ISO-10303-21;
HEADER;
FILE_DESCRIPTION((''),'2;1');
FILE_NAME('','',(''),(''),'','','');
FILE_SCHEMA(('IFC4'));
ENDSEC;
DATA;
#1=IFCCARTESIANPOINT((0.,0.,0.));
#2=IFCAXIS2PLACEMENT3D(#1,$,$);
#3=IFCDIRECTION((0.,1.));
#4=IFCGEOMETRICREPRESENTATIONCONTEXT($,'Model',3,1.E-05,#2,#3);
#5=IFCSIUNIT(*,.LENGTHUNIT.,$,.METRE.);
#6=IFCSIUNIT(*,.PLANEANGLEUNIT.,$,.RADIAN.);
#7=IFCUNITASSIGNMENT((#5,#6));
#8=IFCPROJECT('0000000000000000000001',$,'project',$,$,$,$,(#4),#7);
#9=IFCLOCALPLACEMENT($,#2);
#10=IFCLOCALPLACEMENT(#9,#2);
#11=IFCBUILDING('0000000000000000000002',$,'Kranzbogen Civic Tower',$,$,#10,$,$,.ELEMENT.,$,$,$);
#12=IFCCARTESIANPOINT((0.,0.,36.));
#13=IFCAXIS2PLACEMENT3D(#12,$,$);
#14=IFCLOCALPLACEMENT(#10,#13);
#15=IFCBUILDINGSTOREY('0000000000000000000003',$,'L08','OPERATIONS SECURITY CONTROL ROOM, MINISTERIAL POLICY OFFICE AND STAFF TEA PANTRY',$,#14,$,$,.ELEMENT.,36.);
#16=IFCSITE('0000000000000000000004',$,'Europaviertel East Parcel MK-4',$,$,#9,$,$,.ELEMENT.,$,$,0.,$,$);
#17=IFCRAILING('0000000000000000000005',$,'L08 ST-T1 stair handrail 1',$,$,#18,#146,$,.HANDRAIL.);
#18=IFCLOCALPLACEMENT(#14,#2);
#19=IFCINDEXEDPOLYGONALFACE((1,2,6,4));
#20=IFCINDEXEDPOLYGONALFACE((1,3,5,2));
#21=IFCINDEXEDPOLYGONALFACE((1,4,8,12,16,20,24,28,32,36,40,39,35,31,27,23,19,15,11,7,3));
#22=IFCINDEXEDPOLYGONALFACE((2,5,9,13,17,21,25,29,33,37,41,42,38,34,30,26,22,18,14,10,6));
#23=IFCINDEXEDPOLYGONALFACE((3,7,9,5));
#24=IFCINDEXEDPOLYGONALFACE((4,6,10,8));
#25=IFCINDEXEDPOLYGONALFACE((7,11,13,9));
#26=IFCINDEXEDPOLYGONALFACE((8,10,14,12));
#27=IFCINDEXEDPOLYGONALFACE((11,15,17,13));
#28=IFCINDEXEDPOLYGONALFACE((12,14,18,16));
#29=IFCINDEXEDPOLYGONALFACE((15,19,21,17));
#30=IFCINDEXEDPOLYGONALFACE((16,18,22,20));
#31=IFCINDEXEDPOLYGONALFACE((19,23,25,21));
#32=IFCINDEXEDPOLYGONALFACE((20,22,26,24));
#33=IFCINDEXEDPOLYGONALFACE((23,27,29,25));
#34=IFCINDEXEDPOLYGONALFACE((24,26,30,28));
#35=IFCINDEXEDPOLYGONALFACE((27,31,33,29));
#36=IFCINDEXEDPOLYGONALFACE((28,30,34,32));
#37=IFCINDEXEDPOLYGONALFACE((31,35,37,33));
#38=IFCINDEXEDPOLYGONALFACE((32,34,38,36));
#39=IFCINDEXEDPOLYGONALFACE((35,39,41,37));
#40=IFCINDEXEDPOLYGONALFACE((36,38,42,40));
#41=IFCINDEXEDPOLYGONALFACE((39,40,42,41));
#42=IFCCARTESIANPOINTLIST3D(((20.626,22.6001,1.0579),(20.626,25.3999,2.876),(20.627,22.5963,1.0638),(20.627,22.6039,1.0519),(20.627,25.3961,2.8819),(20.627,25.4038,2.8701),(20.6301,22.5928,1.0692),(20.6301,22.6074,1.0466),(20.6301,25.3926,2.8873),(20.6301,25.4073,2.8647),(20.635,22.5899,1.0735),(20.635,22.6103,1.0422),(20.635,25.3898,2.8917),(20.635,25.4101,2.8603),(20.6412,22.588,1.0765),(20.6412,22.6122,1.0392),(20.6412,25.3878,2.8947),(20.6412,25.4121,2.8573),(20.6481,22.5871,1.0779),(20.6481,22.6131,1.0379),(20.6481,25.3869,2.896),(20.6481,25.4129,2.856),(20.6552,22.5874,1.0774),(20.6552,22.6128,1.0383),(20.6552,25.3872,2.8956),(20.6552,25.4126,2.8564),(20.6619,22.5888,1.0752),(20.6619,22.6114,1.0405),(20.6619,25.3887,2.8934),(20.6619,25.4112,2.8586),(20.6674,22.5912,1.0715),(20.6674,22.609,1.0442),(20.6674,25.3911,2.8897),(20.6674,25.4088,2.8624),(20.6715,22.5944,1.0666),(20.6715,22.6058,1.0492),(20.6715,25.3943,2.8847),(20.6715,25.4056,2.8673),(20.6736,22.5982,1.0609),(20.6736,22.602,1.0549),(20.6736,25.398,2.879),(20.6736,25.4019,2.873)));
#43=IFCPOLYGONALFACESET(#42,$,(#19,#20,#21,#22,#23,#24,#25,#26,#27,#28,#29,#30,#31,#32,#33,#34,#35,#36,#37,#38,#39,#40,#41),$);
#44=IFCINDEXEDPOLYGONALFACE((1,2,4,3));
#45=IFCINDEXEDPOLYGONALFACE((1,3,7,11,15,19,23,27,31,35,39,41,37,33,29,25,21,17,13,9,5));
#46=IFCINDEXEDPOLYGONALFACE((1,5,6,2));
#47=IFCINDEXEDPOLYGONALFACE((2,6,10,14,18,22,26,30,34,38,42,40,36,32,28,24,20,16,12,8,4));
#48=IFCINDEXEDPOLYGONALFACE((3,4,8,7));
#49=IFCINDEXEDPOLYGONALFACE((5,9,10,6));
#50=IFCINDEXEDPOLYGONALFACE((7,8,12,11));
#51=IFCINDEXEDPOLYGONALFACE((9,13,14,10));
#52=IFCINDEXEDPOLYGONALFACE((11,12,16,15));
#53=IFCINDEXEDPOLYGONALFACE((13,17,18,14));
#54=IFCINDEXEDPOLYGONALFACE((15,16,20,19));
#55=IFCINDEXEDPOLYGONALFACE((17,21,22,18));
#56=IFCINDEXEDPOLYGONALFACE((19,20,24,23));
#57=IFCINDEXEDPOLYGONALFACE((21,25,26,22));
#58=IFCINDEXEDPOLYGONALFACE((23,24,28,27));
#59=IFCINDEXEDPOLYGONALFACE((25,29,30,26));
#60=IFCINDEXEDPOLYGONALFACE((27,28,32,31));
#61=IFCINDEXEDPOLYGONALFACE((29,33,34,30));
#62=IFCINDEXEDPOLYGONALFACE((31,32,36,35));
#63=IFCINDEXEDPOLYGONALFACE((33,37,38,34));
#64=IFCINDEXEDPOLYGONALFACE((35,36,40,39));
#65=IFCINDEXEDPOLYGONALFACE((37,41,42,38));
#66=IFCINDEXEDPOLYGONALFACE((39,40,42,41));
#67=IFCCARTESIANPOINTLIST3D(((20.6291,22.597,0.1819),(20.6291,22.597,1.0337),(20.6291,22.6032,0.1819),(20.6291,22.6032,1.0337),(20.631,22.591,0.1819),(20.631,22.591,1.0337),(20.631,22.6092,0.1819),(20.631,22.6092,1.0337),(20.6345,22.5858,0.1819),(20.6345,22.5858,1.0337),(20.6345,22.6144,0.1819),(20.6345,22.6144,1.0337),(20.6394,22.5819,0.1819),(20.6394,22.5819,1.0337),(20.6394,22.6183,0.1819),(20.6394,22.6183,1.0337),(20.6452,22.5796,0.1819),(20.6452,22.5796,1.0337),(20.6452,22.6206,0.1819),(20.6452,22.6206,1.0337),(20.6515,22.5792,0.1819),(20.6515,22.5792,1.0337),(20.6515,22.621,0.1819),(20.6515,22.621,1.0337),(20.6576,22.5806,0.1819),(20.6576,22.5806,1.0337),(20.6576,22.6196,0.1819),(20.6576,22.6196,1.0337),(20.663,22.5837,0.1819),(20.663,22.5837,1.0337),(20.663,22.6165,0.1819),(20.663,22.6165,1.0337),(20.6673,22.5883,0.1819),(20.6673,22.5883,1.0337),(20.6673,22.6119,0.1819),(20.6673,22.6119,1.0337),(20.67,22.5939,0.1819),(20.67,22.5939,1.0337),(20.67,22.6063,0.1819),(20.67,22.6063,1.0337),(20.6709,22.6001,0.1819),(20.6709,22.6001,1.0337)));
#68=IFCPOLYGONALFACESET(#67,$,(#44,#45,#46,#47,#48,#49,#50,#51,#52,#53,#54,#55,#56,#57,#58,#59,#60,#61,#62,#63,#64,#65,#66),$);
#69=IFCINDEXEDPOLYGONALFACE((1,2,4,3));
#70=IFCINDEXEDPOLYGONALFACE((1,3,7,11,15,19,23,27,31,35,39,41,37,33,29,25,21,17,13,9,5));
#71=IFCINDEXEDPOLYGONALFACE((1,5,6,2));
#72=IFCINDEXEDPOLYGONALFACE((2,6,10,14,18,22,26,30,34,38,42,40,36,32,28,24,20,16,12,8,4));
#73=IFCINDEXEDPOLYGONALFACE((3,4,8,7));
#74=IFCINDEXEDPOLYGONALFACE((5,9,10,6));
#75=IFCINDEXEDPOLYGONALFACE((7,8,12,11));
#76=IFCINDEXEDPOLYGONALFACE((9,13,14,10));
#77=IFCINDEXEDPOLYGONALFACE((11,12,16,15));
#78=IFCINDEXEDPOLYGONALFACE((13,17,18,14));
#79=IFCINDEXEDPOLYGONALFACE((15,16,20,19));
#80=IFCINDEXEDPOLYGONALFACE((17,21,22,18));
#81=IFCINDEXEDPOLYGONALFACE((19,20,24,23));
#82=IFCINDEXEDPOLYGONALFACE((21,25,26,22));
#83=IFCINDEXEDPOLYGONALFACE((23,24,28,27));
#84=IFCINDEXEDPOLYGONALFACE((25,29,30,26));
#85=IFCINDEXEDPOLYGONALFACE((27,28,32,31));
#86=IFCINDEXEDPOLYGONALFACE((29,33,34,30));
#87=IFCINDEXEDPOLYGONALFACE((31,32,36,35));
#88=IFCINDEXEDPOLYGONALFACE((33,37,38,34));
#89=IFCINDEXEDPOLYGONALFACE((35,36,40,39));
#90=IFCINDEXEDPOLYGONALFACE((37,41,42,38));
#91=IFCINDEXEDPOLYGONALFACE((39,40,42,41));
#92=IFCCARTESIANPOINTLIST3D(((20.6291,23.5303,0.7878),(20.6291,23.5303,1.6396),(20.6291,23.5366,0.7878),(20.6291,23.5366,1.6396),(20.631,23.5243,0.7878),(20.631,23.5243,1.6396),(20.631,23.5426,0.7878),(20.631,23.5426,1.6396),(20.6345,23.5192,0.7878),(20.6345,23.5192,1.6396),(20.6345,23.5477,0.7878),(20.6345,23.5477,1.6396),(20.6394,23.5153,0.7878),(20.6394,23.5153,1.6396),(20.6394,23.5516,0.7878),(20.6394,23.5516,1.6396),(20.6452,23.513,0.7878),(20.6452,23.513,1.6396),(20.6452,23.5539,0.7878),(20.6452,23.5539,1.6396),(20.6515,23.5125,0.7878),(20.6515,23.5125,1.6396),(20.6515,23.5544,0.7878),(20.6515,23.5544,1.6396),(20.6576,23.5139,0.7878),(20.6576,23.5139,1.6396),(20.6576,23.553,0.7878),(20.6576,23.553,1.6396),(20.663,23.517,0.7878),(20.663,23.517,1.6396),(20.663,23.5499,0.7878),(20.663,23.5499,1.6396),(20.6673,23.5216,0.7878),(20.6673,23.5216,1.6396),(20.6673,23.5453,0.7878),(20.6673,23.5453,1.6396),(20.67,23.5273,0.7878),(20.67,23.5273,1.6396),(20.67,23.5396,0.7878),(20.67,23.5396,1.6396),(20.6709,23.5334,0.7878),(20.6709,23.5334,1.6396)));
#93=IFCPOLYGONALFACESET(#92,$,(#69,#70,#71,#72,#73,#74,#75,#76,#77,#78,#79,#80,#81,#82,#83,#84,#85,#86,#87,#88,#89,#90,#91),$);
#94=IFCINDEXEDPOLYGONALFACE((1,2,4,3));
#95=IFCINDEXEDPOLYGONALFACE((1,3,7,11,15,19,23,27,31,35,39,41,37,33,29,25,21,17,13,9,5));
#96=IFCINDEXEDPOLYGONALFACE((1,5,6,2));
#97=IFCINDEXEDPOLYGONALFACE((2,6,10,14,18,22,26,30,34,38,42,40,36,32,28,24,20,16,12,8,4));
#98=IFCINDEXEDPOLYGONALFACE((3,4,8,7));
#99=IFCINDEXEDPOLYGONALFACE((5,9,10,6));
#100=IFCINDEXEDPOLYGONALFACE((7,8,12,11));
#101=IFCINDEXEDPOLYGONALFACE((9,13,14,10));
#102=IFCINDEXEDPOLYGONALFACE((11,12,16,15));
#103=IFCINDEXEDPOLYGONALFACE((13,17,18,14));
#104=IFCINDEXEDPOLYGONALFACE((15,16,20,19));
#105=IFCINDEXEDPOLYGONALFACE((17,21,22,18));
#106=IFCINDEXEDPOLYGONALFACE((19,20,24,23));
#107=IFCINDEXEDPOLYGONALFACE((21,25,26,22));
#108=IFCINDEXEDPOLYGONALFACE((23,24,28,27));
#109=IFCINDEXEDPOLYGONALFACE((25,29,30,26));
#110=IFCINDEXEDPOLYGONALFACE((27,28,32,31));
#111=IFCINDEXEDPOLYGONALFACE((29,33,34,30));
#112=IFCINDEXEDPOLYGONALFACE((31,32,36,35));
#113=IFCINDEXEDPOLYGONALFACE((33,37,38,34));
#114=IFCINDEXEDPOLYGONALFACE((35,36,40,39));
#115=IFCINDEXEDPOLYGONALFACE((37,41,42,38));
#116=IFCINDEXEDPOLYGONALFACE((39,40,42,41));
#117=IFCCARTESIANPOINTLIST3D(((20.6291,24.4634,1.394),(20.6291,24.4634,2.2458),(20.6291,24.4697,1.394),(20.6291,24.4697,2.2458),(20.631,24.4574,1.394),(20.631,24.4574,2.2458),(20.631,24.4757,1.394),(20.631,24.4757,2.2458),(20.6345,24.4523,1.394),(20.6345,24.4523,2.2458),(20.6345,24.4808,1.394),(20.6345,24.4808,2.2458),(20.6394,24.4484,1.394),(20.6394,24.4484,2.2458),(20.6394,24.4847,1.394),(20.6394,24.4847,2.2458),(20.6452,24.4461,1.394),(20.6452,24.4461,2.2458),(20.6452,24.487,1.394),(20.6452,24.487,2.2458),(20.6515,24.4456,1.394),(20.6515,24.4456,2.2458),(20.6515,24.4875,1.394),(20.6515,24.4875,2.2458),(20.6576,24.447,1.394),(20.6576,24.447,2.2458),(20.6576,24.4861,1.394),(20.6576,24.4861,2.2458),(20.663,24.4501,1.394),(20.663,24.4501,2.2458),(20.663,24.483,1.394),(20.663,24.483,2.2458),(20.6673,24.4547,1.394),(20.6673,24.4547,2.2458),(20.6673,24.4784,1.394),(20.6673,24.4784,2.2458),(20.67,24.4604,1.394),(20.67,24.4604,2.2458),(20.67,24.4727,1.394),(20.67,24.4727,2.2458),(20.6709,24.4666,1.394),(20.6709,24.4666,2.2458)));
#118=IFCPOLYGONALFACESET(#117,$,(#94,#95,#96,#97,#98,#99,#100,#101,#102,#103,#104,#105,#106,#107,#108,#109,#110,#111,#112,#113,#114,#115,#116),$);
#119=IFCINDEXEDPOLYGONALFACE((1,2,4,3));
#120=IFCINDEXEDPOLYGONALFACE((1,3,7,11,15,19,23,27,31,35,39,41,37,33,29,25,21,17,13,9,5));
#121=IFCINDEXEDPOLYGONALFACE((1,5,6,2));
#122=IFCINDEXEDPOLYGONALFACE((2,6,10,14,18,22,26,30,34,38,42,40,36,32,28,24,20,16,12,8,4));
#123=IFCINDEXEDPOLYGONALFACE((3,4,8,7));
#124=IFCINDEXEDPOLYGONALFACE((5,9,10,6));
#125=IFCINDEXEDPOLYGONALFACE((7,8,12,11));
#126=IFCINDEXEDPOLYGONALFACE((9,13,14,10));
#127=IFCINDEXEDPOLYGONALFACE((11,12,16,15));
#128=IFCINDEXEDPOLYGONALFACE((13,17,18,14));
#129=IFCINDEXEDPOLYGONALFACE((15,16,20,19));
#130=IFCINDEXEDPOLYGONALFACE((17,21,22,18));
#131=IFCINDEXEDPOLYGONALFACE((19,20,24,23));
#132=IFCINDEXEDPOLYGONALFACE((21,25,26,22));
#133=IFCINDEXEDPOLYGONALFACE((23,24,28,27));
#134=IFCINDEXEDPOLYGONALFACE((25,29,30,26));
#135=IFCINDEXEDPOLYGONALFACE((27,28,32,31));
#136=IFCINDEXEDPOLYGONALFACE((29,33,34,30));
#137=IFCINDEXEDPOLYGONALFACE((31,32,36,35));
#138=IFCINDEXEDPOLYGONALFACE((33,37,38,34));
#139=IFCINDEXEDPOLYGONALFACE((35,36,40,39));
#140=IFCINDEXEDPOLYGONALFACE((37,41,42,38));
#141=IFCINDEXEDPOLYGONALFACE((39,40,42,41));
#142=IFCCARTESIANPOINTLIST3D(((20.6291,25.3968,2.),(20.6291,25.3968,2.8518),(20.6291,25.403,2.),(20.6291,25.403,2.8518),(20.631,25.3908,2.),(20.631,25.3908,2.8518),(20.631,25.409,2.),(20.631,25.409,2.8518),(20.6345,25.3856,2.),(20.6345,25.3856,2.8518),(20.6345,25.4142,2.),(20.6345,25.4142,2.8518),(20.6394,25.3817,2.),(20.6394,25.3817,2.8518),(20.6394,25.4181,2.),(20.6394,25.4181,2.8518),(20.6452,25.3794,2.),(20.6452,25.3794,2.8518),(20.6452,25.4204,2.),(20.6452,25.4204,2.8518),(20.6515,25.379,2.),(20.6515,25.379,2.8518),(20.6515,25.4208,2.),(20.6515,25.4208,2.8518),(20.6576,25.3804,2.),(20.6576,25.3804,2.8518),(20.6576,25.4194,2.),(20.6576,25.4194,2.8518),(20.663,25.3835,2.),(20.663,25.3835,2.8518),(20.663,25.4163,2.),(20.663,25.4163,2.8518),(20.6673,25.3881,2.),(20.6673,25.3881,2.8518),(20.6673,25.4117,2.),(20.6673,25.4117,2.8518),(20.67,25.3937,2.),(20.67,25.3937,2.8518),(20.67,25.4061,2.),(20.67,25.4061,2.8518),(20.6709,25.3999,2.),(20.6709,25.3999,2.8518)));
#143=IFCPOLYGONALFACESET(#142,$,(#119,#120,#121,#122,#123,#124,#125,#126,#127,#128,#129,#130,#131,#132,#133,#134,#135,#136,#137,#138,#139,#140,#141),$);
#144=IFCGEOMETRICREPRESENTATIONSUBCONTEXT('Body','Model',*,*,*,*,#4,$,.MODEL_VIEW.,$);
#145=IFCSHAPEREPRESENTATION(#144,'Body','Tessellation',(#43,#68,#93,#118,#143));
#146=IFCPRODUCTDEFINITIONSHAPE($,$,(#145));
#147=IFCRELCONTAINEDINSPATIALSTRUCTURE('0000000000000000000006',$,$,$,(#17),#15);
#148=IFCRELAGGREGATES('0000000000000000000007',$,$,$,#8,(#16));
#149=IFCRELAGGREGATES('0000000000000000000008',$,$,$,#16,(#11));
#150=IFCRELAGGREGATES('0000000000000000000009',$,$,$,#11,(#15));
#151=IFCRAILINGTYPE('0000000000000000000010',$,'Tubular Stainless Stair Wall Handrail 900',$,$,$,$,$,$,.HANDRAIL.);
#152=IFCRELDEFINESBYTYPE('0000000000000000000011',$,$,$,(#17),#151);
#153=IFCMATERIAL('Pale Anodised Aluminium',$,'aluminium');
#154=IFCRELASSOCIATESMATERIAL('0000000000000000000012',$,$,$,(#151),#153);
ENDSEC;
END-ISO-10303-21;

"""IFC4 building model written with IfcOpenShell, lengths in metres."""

from ifc_helpers import new_model, si_unit, direction, frame, origin, origin_2d, place, context, subcontext, project, spatial, circle, extrude, material, type_object, element, save


model = new_model("IFC4")

# Units and contexts
model_context = context("Model", 3, precision=1e-05, world=origin(), true_north=direction((0.0, 1.0)))
body_context = subcontext(model_context, "Body", "Model", "MODEL_VIEW")
ifc_project = project(units=[si_unit("LENGTHUNIT", "METRE"), si_unit("PLANEANGLEUNIT", "RADIAN")], contexts=[model_context])

# Site, building, storey
site_placement = place(None, origin())
site = spatial("IfcSite", under=ifc_project, at=site_placement, Name="Europaviertel East Parcel MK-4", CompositionType="ELEMENT", RefElevation=0.0)
building_placement = place(site_placement, origin())
building = spatial("IfcBuilding", under=site, at=building_placement, Name="Kranzbogen Civic Tower", CompositionType="ELEMENT")
storey_placement = place(building_placement, frame((0.0, 0.0, 36.0)))
storey = spatial("IfcBuildingStorey", under=building, at=storey_placement, Name="L08", Description="OPERATIONS SECURITY CONTROL ROOM, MINISTERIAL POLICY OFFICE AND STAFF TEA PANTRY", CompositionType="ELEMENT", Elevation=36.0)

# Railing
ifc_material_1 = material(Name="Pale Anodised Aluminium", Category="aluminium")
railing_type_1 = type_object("IfcRailingType", Name="Tubular Stainless Stair Wall Handrail 900", PredefinedType="HANDRAIL", material=ifc_material_1)
railing_1_placement = place(storey_placement, frame((20.6499, 22.6001, 0.1819)))
element("IfcRailing", 1, at=railing_1_placement, inside=storey, type_object=railing_type_1, Name="L08 ST-T1 stair handrail 1", PredefinedType="HANDRAIL", context=body_context, shape_type="SweptSolid", body=[
    extrude(circle(Radius=0.0239, at=origin_2d()), frame((0.0, 0.0, 0.876), z_axis=(0.0, 0.838684, 0.544618), x_axis=(-1.0, 0.0, 0.0)), (0.0, 0.0, 1.0), 3.3384),
    extrude(circle(Radius=0.021, at=origin_2d()), origin(), (0.0, 0.0, 1.0), 0.8518),
    extrude(circle(Radius=0.021, at=origin_2d()), frame((0.0, 0.9333, 0.606)), (0.0, 0.0, 1.0), 0.8518),
    extrude(circle(Radius=0.021, at=origin_2d()), frame((0.0, 1.8665, 1.2122)), (0.0, 0.0, 1.0), 0.8518),
    extrude(circle(Radius=0.021, at=origin_2d()), frame((0.0, 2.7998, 1.8181)), (0.0, 0.0, 1.0), 0.8518),
])

save(model, "model.ifc")
